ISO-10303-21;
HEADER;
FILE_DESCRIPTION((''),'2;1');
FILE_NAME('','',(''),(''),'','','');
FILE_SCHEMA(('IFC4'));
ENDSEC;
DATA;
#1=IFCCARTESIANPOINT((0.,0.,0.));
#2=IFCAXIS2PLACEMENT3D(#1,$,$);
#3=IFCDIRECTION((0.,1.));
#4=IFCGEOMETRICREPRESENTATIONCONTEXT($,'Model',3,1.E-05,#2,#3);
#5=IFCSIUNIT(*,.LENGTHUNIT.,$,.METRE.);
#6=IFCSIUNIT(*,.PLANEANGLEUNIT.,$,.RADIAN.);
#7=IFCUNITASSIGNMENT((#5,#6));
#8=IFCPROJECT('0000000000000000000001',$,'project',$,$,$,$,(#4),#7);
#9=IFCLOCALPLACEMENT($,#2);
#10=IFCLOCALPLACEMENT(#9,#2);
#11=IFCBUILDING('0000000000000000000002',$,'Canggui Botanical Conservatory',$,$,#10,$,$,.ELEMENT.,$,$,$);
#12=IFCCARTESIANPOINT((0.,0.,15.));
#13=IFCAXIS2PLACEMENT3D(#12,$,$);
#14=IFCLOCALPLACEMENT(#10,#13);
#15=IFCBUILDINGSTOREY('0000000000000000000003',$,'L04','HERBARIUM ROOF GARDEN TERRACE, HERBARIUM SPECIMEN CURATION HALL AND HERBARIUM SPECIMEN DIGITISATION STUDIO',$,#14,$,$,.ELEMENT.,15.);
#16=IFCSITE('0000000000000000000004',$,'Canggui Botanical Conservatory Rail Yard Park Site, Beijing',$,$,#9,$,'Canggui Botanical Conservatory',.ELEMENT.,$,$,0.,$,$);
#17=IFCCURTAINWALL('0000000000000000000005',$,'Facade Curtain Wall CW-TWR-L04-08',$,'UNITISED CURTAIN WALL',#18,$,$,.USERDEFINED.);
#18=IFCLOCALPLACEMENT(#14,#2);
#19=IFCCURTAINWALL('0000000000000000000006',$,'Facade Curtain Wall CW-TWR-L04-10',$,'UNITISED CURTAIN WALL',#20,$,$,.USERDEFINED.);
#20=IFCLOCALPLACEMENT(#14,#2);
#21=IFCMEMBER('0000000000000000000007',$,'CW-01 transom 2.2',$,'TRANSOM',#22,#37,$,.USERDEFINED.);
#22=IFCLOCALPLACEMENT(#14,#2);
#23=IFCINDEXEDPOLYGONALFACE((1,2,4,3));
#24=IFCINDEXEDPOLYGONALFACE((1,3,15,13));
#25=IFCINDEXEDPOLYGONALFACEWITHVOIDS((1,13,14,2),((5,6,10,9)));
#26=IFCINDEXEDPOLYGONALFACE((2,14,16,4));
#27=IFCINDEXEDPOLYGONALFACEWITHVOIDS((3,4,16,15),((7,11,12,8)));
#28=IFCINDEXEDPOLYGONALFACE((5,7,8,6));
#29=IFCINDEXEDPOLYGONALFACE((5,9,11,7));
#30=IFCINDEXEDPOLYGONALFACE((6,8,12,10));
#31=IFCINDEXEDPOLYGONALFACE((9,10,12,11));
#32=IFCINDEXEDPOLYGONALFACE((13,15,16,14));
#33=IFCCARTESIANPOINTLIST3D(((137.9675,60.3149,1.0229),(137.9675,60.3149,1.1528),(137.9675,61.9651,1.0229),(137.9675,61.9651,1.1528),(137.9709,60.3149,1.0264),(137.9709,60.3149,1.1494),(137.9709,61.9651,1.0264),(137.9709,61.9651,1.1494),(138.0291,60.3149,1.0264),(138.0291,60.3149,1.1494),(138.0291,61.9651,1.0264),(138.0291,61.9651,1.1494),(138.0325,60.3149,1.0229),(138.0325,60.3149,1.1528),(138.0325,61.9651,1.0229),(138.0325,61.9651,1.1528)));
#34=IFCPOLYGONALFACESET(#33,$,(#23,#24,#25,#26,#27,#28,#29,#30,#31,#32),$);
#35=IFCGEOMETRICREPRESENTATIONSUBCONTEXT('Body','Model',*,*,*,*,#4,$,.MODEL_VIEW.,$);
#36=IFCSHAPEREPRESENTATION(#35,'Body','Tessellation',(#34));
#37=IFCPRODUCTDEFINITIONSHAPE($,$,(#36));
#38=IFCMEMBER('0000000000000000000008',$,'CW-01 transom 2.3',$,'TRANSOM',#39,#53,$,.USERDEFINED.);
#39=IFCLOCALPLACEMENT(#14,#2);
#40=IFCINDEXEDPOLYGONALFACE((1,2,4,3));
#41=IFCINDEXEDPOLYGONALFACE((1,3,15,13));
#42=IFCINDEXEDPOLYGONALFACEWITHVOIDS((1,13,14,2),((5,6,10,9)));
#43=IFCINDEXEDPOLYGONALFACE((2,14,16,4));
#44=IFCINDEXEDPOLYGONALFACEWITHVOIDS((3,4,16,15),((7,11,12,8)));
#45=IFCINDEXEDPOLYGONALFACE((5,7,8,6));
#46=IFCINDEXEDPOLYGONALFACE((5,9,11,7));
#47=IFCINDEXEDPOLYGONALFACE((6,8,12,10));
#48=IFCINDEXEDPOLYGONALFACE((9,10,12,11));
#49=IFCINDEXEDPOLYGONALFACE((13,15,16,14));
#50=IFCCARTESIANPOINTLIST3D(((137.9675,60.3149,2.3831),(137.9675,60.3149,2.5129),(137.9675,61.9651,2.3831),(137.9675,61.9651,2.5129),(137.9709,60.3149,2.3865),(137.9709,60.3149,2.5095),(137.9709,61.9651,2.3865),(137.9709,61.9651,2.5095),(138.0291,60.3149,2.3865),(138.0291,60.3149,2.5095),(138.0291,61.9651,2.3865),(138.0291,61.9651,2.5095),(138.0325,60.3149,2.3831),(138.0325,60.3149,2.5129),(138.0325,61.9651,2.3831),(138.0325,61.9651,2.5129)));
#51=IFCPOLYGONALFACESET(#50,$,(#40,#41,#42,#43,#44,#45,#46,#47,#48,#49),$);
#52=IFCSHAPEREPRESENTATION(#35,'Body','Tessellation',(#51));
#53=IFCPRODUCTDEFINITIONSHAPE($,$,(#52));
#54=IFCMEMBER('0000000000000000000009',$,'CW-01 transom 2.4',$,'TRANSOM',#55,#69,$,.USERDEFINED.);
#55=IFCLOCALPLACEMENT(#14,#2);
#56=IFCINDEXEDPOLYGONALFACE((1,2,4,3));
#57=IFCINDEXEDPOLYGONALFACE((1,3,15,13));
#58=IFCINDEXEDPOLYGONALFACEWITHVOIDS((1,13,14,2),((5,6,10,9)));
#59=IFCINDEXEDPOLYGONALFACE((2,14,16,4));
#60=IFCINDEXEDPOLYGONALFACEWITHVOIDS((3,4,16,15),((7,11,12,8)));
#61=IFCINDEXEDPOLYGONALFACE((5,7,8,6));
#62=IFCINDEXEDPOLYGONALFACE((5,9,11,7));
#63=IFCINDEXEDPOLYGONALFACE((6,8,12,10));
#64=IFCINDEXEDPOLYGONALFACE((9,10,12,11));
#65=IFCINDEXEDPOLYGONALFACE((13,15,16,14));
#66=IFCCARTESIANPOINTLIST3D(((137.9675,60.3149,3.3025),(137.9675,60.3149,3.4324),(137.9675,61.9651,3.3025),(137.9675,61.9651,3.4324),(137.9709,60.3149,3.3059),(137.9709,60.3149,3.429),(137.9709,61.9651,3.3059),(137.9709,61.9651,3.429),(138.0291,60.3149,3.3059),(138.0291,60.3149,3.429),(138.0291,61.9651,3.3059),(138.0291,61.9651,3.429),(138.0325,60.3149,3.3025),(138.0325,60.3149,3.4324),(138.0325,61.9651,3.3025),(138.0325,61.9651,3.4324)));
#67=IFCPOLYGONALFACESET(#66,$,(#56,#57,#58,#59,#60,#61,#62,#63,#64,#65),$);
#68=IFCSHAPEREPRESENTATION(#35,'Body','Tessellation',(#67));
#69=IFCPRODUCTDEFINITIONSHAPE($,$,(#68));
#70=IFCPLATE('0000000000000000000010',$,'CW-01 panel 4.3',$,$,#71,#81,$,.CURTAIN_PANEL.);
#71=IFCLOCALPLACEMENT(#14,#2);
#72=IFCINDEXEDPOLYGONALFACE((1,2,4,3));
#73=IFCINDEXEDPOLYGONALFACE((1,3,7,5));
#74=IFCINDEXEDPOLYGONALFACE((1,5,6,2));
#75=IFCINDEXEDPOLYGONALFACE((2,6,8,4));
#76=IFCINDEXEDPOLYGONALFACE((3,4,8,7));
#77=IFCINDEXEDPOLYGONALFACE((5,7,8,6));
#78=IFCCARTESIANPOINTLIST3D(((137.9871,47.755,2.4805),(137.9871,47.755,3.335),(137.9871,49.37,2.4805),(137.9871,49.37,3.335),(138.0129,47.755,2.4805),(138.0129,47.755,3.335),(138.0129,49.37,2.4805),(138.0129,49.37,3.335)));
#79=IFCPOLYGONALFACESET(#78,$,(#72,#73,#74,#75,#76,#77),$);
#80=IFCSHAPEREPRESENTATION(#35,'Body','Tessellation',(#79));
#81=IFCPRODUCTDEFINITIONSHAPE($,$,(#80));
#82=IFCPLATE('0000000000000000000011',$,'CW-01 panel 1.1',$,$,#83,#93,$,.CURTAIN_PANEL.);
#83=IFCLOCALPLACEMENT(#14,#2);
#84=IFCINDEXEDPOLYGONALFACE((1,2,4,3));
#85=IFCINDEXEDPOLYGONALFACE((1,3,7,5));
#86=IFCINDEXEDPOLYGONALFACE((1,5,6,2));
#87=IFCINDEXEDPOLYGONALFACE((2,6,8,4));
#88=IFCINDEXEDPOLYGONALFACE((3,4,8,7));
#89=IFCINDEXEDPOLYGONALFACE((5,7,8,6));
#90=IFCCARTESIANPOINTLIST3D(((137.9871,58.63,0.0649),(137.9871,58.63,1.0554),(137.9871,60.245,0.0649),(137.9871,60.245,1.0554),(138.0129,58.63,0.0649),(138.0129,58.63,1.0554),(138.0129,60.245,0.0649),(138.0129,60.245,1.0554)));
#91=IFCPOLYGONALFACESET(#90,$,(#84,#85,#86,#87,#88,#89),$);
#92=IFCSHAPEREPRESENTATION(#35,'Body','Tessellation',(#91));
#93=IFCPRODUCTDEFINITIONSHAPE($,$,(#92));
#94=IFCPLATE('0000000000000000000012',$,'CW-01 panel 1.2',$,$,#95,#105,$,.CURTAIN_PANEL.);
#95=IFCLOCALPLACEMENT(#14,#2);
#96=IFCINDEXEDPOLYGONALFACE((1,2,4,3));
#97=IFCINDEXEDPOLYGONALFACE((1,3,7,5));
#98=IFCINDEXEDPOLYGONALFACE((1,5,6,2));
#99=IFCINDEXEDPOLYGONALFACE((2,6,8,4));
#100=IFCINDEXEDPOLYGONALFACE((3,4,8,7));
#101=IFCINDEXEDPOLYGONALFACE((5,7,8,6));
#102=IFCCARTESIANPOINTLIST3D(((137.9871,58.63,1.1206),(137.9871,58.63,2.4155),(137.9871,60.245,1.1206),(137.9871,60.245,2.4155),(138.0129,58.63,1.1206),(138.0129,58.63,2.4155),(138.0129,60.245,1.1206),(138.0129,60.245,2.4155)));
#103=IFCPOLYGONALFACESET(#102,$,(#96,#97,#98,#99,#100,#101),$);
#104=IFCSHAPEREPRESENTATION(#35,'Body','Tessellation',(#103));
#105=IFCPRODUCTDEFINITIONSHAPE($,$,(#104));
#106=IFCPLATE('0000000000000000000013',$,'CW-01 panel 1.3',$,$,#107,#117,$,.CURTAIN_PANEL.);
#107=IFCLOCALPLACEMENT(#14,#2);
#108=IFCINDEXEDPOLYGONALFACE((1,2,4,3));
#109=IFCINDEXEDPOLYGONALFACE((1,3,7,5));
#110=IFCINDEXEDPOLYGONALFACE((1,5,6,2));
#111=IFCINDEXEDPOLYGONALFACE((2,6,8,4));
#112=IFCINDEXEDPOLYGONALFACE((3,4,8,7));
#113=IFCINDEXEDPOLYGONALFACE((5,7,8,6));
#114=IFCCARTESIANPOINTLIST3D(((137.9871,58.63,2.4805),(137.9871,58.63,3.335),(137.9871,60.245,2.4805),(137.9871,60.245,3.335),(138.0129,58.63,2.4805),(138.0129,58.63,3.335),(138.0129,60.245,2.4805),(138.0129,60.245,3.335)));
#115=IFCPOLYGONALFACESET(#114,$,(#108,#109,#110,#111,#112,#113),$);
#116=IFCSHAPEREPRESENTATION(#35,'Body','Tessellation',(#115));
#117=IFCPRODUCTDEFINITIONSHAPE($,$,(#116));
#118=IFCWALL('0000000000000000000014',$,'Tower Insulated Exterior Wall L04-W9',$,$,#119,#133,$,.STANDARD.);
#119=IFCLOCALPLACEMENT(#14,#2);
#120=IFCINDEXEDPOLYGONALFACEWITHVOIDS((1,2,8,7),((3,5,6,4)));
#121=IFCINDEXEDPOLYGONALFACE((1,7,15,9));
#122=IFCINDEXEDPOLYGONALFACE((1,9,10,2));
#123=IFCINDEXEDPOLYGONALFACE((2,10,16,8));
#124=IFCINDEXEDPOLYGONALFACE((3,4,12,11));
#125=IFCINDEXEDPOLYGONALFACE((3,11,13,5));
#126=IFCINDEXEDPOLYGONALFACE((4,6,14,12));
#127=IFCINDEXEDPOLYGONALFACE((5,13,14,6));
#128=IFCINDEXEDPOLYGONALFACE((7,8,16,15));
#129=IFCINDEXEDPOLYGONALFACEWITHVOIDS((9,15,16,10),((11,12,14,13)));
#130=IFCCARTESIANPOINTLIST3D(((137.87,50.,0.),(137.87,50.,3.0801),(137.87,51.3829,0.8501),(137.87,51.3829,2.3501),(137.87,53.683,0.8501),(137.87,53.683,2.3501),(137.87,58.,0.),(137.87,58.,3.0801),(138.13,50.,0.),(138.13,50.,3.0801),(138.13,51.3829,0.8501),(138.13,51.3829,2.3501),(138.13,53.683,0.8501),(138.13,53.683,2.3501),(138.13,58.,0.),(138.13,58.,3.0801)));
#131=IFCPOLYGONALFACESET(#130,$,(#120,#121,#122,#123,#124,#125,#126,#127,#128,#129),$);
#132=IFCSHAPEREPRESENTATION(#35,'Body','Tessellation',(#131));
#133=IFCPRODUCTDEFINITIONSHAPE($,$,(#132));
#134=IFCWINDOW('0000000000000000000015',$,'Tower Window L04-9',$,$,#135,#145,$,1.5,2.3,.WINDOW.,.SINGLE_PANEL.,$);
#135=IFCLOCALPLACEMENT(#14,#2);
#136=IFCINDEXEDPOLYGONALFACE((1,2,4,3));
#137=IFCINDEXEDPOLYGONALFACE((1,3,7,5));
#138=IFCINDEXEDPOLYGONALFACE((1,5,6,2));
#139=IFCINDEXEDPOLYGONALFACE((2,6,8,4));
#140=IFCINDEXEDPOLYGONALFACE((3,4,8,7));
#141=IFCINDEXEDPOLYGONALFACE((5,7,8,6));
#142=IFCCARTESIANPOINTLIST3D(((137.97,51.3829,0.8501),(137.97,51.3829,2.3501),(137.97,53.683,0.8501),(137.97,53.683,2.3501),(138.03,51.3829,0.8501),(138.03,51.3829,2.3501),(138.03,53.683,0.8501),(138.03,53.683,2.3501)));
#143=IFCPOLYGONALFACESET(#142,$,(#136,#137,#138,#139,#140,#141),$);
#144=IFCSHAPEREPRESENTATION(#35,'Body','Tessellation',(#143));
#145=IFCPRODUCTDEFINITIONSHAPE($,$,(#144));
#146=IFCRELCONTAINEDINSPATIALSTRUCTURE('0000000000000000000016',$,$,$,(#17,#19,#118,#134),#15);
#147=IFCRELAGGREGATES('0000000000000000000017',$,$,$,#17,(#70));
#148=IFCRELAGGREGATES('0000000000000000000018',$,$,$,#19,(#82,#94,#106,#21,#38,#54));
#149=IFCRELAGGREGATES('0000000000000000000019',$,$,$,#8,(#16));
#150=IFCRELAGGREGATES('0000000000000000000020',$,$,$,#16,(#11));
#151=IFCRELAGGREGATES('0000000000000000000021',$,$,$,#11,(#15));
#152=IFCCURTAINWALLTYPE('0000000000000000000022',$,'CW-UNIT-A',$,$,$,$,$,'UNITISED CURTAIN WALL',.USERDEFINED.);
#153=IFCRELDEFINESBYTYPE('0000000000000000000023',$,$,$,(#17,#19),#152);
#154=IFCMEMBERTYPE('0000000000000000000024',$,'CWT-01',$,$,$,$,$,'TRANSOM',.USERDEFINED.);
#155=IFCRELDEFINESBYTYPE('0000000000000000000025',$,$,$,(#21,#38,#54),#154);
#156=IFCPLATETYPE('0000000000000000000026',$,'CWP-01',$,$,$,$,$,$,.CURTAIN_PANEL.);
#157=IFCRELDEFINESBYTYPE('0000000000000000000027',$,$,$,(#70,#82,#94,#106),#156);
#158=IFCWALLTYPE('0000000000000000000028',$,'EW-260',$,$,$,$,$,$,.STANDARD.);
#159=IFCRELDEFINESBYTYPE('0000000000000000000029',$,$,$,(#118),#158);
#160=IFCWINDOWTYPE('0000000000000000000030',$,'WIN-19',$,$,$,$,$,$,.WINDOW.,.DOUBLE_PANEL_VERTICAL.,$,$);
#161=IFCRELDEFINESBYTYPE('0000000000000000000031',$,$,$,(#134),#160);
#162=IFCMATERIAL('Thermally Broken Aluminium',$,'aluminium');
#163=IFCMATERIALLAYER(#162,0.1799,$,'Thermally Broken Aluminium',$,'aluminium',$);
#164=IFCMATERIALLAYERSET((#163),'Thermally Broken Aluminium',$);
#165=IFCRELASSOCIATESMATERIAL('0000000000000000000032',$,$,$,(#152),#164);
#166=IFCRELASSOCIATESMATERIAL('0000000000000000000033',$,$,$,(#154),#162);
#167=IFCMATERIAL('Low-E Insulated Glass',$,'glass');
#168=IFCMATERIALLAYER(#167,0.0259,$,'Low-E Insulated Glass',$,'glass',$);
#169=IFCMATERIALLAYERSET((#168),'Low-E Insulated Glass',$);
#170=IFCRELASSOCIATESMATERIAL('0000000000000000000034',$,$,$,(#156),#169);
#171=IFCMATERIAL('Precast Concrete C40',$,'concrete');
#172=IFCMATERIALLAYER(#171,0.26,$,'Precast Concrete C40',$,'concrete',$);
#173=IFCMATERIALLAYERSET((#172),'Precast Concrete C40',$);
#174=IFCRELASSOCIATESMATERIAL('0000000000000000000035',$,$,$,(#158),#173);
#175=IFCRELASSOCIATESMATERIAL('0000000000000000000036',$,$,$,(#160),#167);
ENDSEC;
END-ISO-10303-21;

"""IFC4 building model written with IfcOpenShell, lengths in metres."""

from ifc_helpers import new_model, si_unit, direction, frame, frame_2d, origin, origin_2d, place, context, subcontext, project, spatial, rectangle, hollow_rectangle, extrude, material, layer, layer_set, material_profile, profile_set, type_object, element, fill, aggregate, save


model = new_model("IFC4")

# Units and contexts
model_context = context("Model", 3, precision=1e-05, world=origin(), true_north=direction((0.0, 1.0)))
body_context = subcontext(model_context, "Body", "Model", "MODEL_VIEW")
ifc_project = project(units=[si_unit("LENGTHUNIT", "METRE"), si_unit("PLANEANGLEUNIT", "RADIAN")], contexts=[model_context])

# Site, building, storey
site_placement = place(None, origin())
site = spatial("IfcSite", under=ifc_project, at=site_placement, Name="Canggui Botanical Conservatory Rail Yard Park Site, Beijing", LongName="Canggui Botanical Conservatory", CompositionType="ELEMENT", RefElevation=0.0)
building_placement = place(site_placement, origin())
building = spatial("IfcBuilding", under=site, at=building_placement, Name="Canggui Botanical Conservatory", CompositionType="ELEMENT")
storey_placement = place(building_placement, frame((0.0, 0.0, 15.0)))
storey = spatial("IfcBuildingStorey", under=building, at=storey_placement, Name="L04", Description="HERBARIUM ROOF GARDEN TERRACE, HERBARIUM SPECIMEN CURATION HALL AND HERBARIUM SPECIMEN DIGITISATION STUDIO", CompositionType="ELEMENT", Elevation=15.0)

# Curtain wall
ifc_material_1 = material(Name="Thermally Broken Aluminium", Category="aluminium")
ifc_layer_1 = layer(ifc_material_1, 0.1799, Name="Thermally Broken Aluminium", Category="aluminium")
ifc_layer_set_1 = layer_set([ifc_layer_1], Name="Thermally Broken Aluminium")
curtain_wall_type = type_object("IfcCurtainWallType", Name="CW-UNIT-A", ElementType="UNITISED CURTAIN WALL", PredefinedType="USERDEFINED", material=ifc_layer_set_1)
curtain_wall_1_placement = place(storey_placement, origin())
curtain_wall_1 = element("IfcCurtainWall", 1, at=curtain_wall_1_placement, inside=storey, type_object=curtain_wall_type, Name="Facade Curtain Wall CW-TWR-L04-08", ObjectType="UNITISED CURTAIN WALL", PredefinedType="USERDEFINED")

# Curtain wall, members
curtain_wall_2_placement = place(storey_placement, origin())
curtain_wall_2 = element("IfcCurtainWall", 2, at=curtain_wall_2_placement, inside=storey, type_object=curtain_wall_type, Name="Facade Curtain Wall CW-TWR-L04-10", ObjectType="UNITISED CURTAIN WALL", PredefinedType="USERDEFINED")
ifc_material_profile_1 = material_profile(ifc_material_1, hollow_rectangle(XDim=0.0649, YDim=0.1299, WallThickness=0.0034, at=origin_2d()), Name="CWT 65x130x3.5")
ifc_profile_set_1 = profile_set([ifc_material_profile_1], Name="Thermally Broken Aluminium")
member_type_1 = type_object("IfcMemberType", Name="CWT-01", ElementType="TRANSOM", PredefinedType="USERDEFINED", material=ifc_profile_set_1)
member_1_placement = place(storey_placement, frame((138.0, 60.3149, 1.0879), z_axis=(0.0, 1.0, 0.0), x_axis=(-1.0, 0.0, 0.0)))
member_1 = element("IfcMember", 3, at=member_1_placement, type_object=member_type_1, Name="CW-01 transom 2.2", ObjectType="TRANSOM", PredefinedType="USERDEFINED", context=body_context, shape_type="SweptSolid", body=[
    extrude(hollow_rectangle(XDim=0.0649, YDim=0.1299, WallThickness=0.0034, at=origin_2d()), origin(), (0.0, 0.0, 1.0), 1.6501),
])
member_2_placement = place(storey_placement, frame((138.0, 60.3149, 2.448), z_axis=(0.0, 1.0, 0.0), x_axis=(-1.0, 0.0, 0.0)))
member_2 = element("IfcMember", 4, at=member_2_placement, type_object=member_type_1, Name="CW-01 transom 2.3", ObjectType="TRANSOM", PredefinedType="USERDEFINED", context=body_context, shape_type="SweptSolid", body=[
    extrude(hollow_rectangle(XDim=0.0649, YDim=0.1299, WallThickness=0.0034, at=origin_2d()), origin(), (0.0, 0.0, 1.0), 1.6501),
])
member_3_placement = place(storey_placement, frame((138.0, 60.3149, 3.3674), z_axis=(0.0, 1.0, 0.0), x_axis=(-1.0, 0.0, 0.0)))
member_3 = element("IfcMember", 5, at=member_3_placement, type_object=member_type_1, Name="CW-01 transom 2.4", ObjectType="TRANSOM", PredefinedType="USERDEFINED", context=body_context, shape_type="SweptSolid", body=[
    extrude(hollow_rectangle(XDim=0.0649, YDim=0.1299, WallThickness=0.0034, at=origin_2d()), origin(), (0.0, 0.0, 1.0), 1.6501),
])

# Plates
ifc_material_2 = material(Name="Low-E Insulated Glass", Category="glass")
ifc_layer_2 = layer(ifc_material_2, 0.0259, Name="Low-E Insulated Glass", Category="glass")
ifc_layer_set_2 = layer_set([ifc_layer_2], Name="Low-E Insulated Glass")
plate_type = type_object("IfcPlateType", Name="CWP-01", PredefinedType="CURTAIN_PANEL", material=ifc_layer_set_2)
plate_1_placement = place(storey_placement, frame((138.0, 48.5625, 2.4805), z_axis=(0.0, 0.0, 1.0), x_axis=(0.0, 1.0, 0.0)))
plate_1 = element("IfcPlate", 6, at=plate_1_placement, type_object=plate_type, Name="CW-01 panel 4.3", PredefinedType="CURTAIN_PANEL", context=body_context, shape_type="SweptSolid", body=[
    extrude(rectangle(XDim=1.615, YDim=0.0259, at=origin_2d()), origin(), (0.0, 0.0, 1.0), 0.8545),
])
aggregate(curtain_wall_1, [plate_1])
plate_2_placement = place(storey_placement, frame((138.0, 59.4375, 0.0649), z_axis=(0.0, 0.0, 1.0), x_axis=(0.0, 1.0, 0.0)))
plate_2 = element("IfcPlate", 7, at=plate_2_placement, type_object=plate_type, Name="CW-01 panel 1.1", PredefinedType="CURTAIN_PANEL", context=body_context, shape_type="SweptSolid", body=[
    extrude(rectangle(XDim=1.615, YDim=0.0259, at=origin_2d()), origin(), (0.0, 0.0, 1.0), 0.9905),
])
plate_3_placement = place(storey_placement, frame((138.0, 59.4375, 1.1206), z_axis=(0.0, 0.0, 1.0), x_axis=(0.0, 1.0, 0.0)))
plate_3 = element("IfcPlate", 8, at=plate_3_placement, type_object=plate_type, Name="CW-01 panel 1.2", PredefinedType="CURTAIN_PANEL", context=body_context, shape_type="SweptSolid", body=[
    extrude(rectangle(XDim=1.615, YDim=0.0259, at=origin_2d()), origin(), (0.0, 0.0, 1.0), 1.2949),
])
plate_4_placement = place(storey_placement, frame((138.0, 59.4375, 2.4805), z_axis=(0.0, 0.0, 1.0), x_axis=(0.0, 1.0, 0.0)))
plate_4 = element("IfcPlate", 9, at=plate_4_placement, type_object=plate_type, Name="CW-01 panel 1.3", PredefinedType="CURTAIN_PANEL", context=body_context, shape_type="SweptSolid", body=[
    extrude(rectangle(XDim=1.615, YDim=0.0259, at=origin_2d()), origin(), (0.0, 0.0, 1.0), 0.8545),
])
aggregate(curtain_wall_2, [plate_2, plate_3, plate_4, member_1, member_2, member_3])

# Wall, opening, window
ifc_material_3 = material(Name="Precast Concrete C40", Category="concrete")
ifc_layer_3 = layer(ifc_material_3, 0.26, Name="Precast Concrete C40", Category="concrete")
ifc_layer_set_3 = layer_set([ifc_layer_3], Name="Precast Concrete C40")
wall_type = type_object("IfcWallType", Name="EW-260", PredefinedType="STANDARD", material=ifc_layer_set_3)
wall_placement = place(storey_placement, frame((138.0, 50.0, 0.0), z_axis=(0.0, 0.0, 1.0), x_axis=(0.0, 1.0, 0.0)))
wall = element("IfcWall", 10, at=wall_placement, inside=storey, type_object=wall_type, Name="Tower Insulated Exterior Wall L04-W9", PredefinedType="STANDARD", context=body_context, shape_type="SweptSolid", body=[
    extrude(rectangle(XDim=8.0, YDim=0.26, at=frame_2d((4.0, 0.0))), origin(), (0.0, 0.0, 1.0), 3.0801),
])
opening_placement = place(wall_placement, frame((1.3831, 0.0, 0.8501)))
opening = element("IfcOpeningElement", 11, at=opening_placement, cuts=wall, PredefinedType="OPENING", context=body_context, shape_type="SweptSolid", body=[
    extrude(rectangle(XDim=2.3, YDim=1.5, at=frame_2d((1.1499, 0.75))), frame((0.0, 0.1401, 0.0), z_axis=(0.0, -1.0, 0.0), x_axis=(1.0, 0.0, 0.0)), (0.0, 0.0, 1.0), 0.28),
])
window_type = type_object("IfcWindowType", Name="WIN-19", PartitioningType="DOUBLE_PANEL_VERTICAL", PredefinedType="WINDOW", material=ifc_material_2)
window_placement = place(opening_placement, origin())
window = element("IfcWindow", 12, at=window_placement, inside=storey, type_object=window_type, Name="Tower Window L04-9", OverallHeight=1.5, OverallWidth=2.3, PartitioningType="SINGLE_PANEL", PredefinedType="WINDOW", context=body_context, shape_type="SweptSolid", body=[
    extrude(rectangle(XDim=2.3, YDim=1.5, at=frame_2d((1.1499, 0.75))), frame((0.0, 0.03, 0.0), z_axis=(0.0, -1.0, 0.0), x_axis=(1.0, 0.0, 0.0)), (0.0, 0.0, 1.0), 0.0601),
])
fill(opening, window)

save(model, "model.ifc")
